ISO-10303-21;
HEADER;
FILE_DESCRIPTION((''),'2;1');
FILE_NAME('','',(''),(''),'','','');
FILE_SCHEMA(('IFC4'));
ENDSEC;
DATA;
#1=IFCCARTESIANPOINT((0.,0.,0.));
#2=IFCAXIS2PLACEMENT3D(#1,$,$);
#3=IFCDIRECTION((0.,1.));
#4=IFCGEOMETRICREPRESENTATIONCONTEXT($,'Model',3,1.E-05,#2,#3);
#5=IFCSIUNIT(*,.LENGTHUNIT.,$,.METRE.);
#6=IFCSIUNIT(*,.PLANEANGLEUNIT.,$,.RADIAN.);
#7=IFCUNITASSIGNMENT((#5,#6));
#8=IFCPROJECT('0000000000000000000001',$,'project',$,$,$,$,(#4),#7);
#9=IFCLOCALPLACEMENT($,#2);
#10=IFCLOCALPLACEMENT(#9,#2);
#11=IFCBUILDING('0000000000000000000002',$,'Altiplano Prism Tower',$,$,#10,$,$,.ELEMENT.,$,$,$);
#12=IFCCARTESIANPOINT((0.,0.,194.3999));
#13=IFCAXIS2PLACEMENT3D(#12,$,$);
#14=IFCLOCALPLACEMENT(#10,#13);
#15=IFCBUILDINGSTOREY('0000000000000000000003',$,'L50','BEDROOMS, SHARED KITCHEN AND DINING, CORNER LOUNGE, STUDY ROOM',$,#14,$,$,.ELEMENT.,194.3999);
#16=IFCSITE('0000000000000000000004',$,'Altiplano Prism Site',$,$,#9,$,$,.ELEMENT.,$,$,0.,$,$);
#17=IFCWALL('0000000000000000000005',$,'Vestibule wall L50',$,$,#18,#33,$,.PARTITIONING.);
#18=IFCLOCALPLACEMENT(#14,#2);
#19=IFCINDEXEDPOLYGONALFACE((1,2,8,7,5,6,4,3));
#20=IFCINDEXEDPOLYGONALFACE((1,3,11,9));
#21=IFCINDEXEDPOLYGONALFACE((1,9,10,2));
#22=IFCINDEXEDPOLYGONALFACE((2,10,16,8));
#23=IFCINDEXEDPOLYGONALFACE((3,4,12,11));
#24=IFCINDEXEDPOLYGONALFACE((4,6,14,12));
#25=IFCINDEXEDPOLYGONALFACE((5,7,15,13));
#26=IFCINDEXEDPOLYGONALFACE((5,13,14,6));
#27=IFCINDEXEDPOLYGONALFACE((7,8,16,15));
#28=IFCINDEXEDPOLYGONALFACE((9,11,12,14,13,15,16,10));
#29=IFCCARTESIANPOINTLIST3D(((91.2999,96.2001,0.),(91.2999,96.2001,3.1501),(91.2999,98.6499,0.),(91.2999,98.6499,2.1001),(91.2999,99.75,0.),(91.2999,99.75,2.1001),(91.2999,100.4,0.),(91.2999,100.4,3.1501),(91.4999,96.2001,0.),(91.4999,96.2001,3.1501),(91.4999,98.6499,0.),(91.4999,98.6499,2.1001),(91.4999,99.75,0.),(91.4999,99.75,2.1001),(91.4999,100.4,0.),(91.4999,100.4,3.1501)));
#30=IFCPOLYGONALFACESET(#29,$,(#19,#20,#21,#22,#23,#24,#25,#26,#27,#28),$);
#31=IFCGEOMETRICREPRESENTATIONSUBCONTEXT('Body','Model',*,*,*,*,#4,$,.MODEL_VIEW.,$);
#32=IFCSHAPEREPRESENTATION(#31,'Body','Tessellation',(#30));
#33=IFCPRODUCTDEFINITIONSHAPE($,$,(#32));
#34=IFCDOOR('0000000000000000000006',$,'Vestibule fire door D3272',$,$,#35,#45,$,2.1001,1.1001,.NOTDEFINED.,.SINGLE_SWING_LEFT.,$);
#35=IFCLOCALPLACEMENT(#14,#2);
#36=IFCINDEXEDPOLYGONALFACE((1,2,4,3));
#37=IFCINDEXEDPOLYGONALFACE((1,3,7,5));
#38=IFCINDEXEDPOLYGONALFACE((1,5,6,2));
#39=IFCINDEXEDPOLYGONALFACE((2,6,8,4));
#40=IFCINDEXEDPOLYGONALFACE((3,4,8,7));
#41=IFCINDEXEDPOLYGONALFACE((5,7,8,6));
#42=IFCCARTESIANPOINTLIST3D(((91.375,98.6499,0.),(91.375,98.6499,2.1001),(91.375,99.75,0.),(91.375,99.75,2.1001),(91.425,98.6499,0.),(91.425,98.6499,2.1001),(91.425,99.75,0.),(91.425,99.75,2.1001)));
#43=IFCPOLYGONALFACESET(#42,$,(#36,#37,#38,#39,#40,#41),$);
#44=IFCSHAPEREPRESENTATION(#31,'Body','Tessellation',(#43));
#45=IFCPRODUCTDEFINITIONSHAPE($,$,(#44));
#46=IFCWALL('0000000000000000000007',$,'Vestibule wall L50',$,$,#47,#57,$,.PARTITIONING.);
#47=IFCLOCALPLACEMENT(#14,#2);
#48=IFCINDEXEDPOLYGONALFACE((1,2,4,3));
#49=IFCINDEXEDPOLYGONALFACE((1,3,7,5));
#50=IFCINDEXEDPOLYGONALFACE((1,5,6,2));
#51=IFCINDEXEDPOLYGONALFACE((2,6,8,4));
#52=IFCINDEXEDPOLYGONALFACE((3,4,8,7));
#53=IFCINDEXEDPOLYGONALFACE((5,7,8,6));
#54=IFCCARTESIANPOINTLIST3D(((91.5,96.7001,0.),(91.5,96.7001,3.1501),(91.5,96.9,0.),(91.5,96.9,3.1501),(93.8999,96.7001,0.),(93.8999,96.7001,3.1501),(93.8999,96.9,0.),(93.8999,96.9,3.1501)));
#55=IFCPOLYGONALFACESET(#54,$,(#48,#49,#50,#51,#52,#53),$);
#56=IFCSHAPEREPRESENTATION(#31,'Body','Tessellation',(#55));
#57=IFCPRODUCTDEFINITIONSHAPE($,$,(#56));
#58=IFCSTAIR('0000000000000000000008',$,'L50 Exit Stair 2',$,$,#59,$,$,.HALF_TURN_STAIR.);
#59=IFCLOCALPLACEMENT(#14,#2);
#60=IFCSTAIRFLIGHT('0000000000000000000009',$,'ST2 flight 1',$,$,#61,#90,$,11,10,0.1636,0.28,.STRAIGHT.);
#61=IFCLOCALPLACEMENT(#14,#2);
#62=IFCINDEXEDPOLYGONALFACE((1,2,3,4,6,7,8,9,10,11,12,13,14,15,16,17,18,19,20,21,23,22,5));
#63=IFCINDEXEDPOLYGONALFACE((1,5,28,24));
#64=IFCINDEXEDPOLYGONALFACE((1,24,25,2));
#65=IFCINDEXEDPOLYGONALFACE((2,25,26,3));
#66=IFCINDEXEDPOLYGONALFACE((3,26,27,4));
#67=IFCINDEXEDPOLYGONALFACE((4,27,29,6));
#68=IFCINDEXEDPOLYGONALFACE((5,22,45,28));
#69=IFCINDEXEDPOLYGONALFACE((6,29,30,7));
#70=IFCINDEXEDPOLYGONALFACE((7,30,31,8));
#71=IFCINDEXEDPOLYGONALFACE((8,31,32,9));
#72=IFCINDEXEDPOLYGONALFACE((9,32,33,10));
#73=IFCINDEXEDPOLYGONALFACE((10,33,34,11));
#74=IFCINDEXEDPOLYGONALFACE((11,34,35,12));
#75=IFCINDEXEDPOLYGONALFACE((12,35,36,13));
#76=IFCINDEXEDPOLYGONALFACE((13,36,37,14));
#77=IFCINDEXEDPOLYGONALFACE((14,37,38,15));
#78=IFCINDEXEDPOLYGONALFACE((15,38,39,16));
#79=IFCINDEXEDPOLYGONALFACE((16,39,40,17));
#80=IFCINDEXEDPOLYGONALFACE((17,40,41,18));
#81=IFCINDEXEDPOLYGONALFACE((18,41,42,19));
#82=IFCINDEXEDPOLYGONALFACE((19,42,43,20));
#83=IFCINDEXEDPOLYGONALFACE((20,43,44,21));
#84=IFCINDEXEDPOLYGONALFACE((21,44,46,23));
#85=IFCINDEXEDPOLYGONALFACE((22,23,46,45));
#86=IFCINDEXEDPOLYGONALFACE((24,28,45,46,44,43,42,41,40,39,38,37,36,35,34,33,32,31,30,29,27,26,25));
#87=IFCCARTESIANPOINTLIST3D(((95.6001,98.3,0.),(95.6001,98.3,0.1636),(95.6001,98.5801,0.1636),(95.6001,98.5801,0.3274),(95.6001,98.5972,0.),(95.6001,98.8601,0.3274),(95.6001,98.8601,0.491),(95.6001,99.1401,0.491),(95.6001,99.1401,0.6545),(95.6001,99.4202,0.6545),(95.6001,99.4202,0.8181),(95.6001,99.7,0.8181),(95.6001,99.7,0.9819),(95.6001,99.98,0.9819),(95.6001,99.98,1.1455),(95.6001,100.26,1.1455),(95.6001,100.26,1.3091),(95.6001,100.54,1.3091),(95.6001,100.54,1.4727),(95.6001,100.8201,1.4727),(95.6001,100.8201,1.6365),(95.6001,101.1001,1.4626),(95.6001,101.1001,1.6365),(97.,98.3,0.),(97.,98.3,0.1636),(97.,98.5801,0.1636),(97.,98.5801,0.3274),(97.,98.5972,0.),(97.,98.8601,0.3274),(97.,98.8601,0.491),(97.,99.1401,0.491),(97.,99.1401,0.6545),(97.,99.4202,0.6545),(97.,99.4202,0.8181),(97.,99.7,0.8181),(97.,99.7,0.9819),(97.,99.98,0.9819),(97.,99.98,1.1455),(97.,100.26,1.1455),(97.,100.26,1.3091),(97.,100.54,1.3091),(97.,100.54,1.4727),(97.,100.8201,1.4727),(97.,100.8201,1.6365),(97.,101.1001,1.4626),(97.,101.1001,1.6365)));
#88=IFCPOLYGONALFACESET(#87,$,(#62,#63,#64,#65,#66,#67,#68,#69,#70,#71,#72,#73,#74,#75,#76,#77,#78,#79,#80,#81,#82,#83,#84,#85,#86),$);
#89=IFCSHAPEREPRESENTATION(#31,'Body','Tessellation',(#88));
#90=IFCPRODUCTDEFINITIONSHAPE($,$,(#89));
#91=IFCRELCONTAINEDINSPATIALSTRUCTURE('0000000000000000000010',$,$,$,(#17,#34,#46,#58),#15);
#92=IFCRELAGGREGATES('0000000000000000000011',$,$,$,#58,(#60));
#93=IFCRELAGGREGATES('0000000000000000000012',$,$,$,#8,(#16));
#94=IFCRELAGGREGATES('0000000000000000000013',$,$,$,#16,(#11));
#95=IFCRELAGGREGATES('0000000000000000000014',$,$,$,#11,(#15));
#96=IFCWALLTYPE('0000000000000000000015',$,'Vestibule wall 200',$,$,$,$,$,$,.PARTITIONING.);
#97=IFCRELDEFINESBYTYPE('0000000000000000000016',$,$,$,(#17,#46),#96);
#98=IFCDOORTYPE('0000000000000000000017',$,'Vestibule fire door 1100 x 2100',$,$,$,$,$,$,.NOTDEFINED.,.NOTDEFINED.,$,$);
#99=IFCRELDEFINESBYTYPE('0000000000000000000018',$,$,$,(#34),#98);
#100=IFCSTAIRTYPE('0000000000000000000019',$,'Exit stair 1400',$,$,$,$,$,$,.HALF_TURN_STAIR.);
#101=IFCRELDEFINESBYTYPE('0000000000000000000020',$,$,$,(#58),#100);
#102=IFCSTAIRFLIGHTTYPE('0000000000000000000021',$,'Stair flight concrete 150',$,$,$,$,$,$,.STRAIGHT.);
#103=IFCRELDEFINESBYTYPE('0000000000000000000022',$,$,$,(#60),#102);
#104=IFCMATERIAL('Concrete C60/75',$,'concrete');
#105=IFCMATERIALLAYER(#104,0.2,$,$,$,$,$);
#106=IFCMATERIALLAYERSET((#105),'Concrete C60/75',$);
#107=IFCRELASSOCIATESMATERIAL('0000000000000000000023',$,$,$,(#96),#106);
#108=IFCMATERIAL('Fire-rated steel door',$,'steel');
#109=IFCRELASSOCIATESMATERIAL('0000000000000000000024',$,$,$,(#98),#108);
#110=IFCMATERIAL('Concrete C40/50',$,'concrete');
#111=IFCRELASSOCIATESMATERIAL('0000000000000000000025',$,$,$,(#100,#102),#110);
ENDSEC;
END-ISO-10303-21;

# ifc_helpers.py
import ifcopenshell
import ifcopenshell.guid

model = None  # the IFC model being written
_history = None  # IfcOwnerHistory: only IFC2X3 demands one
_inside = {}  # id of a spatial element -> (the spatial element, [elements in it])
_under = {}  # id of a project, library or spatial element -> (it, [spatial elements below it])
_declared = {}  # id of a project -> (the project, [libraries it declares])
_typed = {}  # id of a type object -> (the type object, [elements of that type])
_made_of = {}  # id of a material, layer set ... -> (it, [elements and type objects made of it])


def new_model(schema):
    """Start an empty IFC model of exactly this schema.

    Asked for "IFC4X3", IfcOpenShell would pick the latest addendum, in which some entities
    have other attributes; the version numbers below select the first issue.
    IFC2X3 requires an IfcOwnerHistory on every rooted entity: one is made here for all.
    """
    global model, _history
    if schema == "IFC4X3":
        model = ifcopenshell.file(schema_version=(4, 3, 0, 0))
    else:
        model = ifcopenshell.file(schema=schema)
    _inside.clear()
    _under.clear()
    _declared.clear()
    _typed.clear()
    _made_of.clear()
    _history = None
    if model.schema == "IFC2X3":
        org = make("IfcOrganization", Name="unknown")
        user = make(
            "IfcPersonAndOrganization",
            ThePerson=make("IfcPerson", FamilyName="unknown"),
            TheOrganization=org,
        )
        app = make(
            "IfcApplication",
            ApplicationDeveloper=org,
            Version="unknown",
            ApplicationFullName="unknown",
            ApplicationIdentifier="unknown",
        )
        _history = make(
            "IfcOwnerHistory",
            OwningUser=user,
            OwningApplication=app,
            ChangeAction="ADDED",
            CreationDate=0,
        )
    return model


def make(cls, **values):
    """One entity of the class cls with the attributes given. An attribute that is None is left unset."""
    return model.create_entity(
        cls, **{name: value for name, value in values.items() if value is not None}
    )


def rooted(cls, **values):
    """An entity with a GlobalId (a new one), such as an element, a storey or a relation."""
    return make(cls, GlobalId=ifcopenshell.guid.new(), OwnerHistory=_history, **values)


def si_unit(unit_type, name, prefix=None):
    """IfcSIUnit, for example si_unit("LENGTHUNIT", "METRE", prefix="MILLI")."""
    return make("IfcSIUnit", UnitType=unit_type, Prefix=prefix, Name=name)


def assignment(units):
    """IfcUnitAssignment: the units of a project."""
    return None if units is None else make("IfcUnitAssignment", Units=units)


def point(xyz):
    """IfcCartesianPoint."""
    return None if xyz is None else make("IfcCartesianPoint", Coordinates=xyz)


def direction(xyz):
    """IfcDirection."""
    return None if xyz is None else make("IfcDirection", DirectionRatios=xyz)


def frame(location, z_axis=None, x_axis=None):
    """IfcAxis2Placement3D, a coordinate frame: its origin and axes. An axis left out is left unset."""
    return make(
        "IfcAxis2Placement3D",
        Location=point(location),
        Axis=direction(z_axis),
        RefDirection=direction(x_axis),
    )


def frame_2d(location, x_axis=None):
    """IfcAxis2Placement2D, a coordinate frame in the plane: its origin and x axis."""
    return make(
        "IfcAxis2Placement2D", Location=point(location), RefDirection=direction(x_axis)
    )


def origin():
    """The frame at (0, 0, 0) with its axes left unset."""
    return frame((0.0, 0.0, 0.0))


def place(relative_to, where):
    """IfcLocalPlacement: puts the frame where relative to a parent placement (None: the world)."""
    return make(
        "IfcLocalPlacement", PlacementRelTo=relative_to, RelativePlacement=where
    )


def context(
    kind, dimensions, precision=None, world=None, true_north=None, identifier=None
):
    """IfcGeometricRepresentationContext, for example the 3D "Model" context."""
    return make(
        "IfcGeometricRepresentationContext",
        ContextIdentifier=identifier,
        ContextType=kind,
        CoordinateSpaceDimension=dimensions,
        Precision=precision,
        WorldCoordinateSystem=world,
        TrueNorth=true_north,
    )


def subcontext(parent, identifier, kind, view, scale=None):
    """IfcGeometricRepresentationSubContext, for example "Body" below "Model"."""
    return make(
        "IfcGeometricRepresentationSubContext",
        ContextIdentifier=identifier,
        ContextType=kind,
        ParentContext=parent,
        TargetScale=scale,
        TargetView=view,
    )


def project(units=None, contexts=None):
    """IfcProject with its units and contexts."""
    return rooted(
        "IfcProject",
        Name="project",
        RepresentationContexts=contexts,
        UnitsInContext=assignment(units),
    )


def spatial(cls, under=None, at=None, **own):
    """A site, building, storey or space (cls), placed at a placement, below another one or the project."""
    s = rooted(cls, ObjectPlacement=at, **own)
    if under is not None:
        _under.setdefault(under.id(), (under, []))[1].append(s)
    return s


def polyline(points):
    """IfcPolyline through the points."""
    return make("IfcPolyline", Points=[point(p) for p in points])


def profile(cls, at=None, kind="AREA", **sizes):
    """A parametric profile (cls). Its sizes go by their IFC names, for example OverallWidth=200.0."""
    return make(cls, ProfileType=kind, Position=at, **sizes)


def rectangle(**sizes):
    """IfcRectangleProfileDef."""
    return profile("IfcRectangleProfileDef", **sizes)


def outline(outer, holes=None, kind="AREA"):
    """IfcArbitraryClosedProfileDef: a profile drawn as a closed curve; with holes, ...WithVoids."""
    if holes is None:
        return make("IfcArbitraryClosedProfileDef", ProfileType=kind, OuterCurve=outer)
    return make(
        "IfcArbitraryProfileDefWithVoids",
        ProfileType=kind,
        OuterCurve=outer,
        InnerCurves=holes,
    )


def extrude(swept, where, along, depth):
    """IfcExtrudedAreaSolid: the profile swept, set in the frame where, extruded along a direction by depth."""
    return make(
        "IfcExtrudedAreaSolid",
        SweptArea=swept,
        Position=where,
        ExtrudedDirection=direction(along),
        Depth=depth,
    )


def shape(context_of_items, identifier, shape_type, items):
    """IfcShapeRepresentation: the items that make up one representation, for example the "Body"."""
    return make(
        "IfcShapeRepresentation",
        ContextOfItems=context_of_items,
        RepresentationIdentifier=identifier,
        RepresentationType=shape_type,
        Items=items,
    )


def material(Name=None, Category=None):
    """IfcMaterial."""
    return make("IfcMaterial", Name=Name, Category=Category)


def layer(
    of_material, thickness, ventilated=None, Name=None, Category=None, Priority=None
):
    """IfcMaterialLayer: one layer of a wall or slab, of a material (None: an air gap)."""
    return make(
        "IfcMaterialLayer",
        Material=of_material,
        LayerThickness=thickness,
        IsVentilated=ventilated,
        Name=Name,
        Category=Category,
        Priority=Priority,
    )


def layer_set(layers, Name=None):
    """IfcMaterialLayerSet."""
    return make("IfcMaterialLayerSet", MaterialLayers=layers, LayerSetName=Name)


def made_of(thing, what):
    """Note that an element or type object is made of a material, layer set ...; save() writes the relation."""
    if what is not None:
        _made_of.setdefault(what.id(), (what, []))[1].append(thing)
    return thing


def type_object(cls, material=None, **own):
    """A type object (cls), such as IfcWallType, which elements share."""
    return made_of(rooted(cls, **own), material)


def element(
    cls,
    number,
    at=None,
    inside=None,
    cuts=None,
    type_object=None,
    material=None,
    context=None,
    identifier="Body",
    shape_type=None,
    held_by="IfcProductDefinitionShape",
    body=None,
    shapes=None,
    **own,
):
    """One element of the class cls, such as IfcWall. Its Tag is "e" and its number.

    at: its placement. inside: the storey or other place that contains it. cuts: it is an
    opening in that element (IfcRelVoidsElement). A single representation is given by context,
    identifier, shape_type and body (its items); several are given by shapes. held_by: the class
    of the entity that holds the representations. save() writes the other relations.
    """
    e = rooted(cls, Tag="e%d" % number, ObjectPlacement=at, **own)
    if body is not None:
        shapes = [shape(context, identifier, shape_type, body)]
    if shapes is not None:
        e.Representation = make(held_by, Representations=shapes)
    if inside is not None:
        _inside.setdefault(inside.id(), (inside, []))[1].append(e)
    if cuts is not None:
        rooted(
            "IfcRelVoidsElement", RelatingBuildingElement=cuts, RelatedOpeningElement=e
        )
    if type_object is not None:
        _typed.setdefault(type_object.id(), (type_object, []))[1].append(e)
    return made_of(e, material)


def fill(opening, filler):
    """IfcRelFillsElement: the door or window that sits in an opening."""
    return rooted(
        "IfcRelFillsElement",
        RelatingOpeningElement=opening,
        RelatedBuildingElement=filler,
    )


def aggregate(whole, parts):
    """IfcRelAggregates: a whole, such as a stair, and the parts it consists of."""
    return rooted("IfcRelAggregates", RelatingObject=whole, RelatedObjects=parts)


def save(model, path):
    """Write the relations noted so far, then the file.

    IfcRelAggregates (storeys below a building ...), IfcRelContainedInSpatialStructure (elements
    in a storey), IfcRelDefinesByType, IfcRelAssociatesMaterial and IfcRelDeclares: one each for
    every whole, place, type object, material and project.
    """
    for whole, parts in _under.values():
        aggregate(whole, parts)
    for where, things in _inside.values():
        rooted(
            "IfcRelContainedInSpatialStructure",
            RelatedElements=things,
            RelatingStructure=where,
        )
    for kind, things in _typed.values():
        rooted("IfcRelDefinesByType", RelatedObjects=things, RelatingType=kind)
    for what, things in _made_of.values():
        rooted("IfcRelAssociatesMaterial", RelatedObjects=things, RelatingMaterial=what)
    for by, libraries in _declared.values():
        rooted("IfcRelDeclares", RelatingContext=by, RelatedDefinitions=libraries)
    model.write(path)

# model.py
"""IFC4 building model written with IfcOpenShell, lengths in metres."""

from ifc_helpers import new_model, si_unit, direction, frame, frame_2d, origin, place, context, subcontext, project, spatial, polyline, rectangle, outline, extrude, material, layer, layer_set, type_object, element, fill, aggregate, save


model = new_model("IFC4")

# Units and contexts
model_context = context("Model", 3, precision=1e-05, world=origin(), true_north=direction((0.0, 1.0)))
body_context = subcontext(model_context, "Body", "Model", "MODEL_VIEW")
ifc_project = project(units=[si_unit("LENGTHUNIT", "METRE"), si_unit("PLANEANGLEUNIT", "RADIAN")], contexts=[model_context])

# Site, building, storey
site_placement = place(None, origin())
site = spatial("IfcSite", under=ifc_project, at=site_placement, Name="Altiplano Prism Site", CompositionType="ELEMENT", RefElevation=0.0)
building_placement = place(site_placement, origin())
building = spatial("IfcBuilding", under=site, at=building_placement, Name="Altiplano Prism Tower", CompositionType="ELEMENT")
storey_placement = place(building_placement, frame((0.0, 0.0, 194.3999)))
storey = spatial("IfcBuildingStorey", under=building, at=storey_placement, Name="L50", Description="BEDROOMS, SHARED KITCHEN AND DINING, CORNER LOUNGE, STUDY ROOM", CompositionType="ELEMENT", Elevation=194.3999)

# Shared definitions
ifc_material_1 = material(Name="Concrete C60/75", Category="concrete")

# Shared definitions
ifc_material_2 = material(Name="Fire-rated steel door", Category="steel")

# Shared definitions
ifc_layer_1 = layer(ifc_material_1, 0.2)
ifc_layer_set_1 = layer_set([ifc_layer_1], Name="Concrete C60/75")
wall_type_1 = type_object("IfcWallType", Name="Vestibule wall 200", PredefinedType="PARTITIONING", material=ifc_layer_set_1)
door_type_1 = type_object("IfcDoorType", Name="Vestibule fire door 1100 x 2100", OperationType="NOTDEFINED", PredefinedType="NOTDEFINED", material=ifc_material_2)

# Wall, opening, door
wall_1_placement = place(storey_placement, frame((91.3999, 96.2, 0.0), z_axis=(0.0, 0.0, 1.0), x_axis=(0.0, 1.0, 0.0)))
wall_1 = element("IfcWall", 1, at=wall_1_placement, inside=storey, type_object=wall_type_1, Name="Vestibule wall L50", PredefinedType="PARTITIONING", context=body_context, shape_type="SweptSolid", body=[
    extrude(rectangle(XDim=4.2, YDim=0.2, at=frame_2d((2.1001, 0.0))), origin(), (0.0, 0.0, 1.0), 3.1501),
])
opening_1_placement = place(wall_1_placement, frame((2.45, 0.0, 0.0)))
opening_1 = element("IfcOpeningElement", 2, at=opening_1_placement, cuts=wall_1, PredefinedType="OPENING", context=body_context, shape_type="SweptSolid", body=[
    extrude(rectangle(XDim=1.1001, YDim=2.1001, at=frame_2d((0.55, 1.05))), frame((0.0, 0.1104, 0.0), z_axis=(0.0, -1.0, 0.0), x_axis=(1.0, 0.0, 0.0)), (0.0, 0.0, 1.0), 0.2209),
])
door_1_placement = place(opening_1_placement, origin())
door_1 = element("IfcDoor", 3, at=door_1_placement, inside=storey, type_object=door_type_1, Name="Vestibule fire door D3272", OperationType="SINGLE_SWING_LEFT", OverallHeight=2.1001, OverallWidth=1.1001, PredefinedType="NOTDEFINED", context=body_context, shape_type="SweptSolid", body=[
    extrude(rectangle(XDim=1.1001, YDim=2.1001, at=frame_2d((0.55, 1.05))), frame((0.0, 0.0249, 0.0), z_axis=(0.0, -1.0, 0.0), x_axis=(1.0, 0.0, 0.0)), (0.0, 0.0, 1.0), 0.05),
])
fill(opening_1, door_1)

# Wall
wall_2_placement = place(storey_placement, frame((91.5, 96.8, 0.0), z_axis=(0.0, 0.0, 1.0), x_axis=(1.0, 0.0, 0.0)))
element("IfcWall", 4, at=wall_2_placement, inside=storey, type_object=wall_type_1, Name="Vestibule wall L50", PredefinedType="PARTITIONING", context=body_context, shape_type="SweptSolid", body=[
    extrude(rectangle(XDim=2.3999, YDim=0.2, at=frame_2d((1.2, 0.0))), origin(), (0.0, 0.0, 1.0), 3.1501),
])

# Stair, stair flight
ifc_material_3 = material(Name="Concrete C40/50", Category="concrete")
stair_type = type_object("IfcStairType", Name="Exit stair 1400", PredefinedType="HALF_TURN_STAIR", material=ifc_material_3)
stair_placement = place(storey_placement, origin())
stair = element("IfcStair", 5, at=stair_placement, inside=storey, type_object=stair_type, Name="L50 Exit Stair 2", PredefinedType="HALF_TURN_STAIR")
stair_flight_type = type_object("IfcStairFlightType", Name="Stair flight concrete 150", PredefinedType="STRAIGHT", material=ifc_material_3)
stair_flight_placement = place(storey_placement, frame((96.3, 98.3, 0.0), z_axis=(0.0, 0.0, 1.0), x_axis=(0.0, 1.0, 0.0)))
stair_flight = element("IfcStairFlight", 6, at=stair_flight_placement, type_object=stair_flight_type, Name="ST2 flight 1", NumberOfRisers=11, NumberOfTreads=10, PredefinedType="STRAIGHT", RiserHeight=0.1636, TreadLength=0.28, context=body_context, shape_type="SweptSolid", body=[
    extrude(outline(polyline([(0.0, 0.0), (0.0, 0.1636), (0.28, 0.1636), (0.28, 0.3274), (0.5601, 0.3274), (0.5601, 0.491), (0.8401, 0.491), (0.8401, 0.6545), (1.1201, 0.6545), (1.1201, 0.8181), (1.3999, 0.8181), (1.3999, 0.9819), (1.6799, 0.9819), (1.6799, 1.1455), (1.96, 1.1455), (1.96, 1.3091), (2.24, 1.3091), (2.24, 1.4727), (2.52, 1.4727), (2.52, 1.6365), (2.8, 1.6365), (2.8, 1.8), (2.8, 1.4626), (0.2971, 0.0), (0.0, 0.0)])), frame((0.0, 0.7, 0.0), z_axis=(0.0, -1.0, 0.0), x_axis=(1.0, 0.0, 0.0)), (0.0, 0.0, 1.0), 1.3999),
])
aggregate(stair, [stair_flight])

save(model, "model.ifc")
